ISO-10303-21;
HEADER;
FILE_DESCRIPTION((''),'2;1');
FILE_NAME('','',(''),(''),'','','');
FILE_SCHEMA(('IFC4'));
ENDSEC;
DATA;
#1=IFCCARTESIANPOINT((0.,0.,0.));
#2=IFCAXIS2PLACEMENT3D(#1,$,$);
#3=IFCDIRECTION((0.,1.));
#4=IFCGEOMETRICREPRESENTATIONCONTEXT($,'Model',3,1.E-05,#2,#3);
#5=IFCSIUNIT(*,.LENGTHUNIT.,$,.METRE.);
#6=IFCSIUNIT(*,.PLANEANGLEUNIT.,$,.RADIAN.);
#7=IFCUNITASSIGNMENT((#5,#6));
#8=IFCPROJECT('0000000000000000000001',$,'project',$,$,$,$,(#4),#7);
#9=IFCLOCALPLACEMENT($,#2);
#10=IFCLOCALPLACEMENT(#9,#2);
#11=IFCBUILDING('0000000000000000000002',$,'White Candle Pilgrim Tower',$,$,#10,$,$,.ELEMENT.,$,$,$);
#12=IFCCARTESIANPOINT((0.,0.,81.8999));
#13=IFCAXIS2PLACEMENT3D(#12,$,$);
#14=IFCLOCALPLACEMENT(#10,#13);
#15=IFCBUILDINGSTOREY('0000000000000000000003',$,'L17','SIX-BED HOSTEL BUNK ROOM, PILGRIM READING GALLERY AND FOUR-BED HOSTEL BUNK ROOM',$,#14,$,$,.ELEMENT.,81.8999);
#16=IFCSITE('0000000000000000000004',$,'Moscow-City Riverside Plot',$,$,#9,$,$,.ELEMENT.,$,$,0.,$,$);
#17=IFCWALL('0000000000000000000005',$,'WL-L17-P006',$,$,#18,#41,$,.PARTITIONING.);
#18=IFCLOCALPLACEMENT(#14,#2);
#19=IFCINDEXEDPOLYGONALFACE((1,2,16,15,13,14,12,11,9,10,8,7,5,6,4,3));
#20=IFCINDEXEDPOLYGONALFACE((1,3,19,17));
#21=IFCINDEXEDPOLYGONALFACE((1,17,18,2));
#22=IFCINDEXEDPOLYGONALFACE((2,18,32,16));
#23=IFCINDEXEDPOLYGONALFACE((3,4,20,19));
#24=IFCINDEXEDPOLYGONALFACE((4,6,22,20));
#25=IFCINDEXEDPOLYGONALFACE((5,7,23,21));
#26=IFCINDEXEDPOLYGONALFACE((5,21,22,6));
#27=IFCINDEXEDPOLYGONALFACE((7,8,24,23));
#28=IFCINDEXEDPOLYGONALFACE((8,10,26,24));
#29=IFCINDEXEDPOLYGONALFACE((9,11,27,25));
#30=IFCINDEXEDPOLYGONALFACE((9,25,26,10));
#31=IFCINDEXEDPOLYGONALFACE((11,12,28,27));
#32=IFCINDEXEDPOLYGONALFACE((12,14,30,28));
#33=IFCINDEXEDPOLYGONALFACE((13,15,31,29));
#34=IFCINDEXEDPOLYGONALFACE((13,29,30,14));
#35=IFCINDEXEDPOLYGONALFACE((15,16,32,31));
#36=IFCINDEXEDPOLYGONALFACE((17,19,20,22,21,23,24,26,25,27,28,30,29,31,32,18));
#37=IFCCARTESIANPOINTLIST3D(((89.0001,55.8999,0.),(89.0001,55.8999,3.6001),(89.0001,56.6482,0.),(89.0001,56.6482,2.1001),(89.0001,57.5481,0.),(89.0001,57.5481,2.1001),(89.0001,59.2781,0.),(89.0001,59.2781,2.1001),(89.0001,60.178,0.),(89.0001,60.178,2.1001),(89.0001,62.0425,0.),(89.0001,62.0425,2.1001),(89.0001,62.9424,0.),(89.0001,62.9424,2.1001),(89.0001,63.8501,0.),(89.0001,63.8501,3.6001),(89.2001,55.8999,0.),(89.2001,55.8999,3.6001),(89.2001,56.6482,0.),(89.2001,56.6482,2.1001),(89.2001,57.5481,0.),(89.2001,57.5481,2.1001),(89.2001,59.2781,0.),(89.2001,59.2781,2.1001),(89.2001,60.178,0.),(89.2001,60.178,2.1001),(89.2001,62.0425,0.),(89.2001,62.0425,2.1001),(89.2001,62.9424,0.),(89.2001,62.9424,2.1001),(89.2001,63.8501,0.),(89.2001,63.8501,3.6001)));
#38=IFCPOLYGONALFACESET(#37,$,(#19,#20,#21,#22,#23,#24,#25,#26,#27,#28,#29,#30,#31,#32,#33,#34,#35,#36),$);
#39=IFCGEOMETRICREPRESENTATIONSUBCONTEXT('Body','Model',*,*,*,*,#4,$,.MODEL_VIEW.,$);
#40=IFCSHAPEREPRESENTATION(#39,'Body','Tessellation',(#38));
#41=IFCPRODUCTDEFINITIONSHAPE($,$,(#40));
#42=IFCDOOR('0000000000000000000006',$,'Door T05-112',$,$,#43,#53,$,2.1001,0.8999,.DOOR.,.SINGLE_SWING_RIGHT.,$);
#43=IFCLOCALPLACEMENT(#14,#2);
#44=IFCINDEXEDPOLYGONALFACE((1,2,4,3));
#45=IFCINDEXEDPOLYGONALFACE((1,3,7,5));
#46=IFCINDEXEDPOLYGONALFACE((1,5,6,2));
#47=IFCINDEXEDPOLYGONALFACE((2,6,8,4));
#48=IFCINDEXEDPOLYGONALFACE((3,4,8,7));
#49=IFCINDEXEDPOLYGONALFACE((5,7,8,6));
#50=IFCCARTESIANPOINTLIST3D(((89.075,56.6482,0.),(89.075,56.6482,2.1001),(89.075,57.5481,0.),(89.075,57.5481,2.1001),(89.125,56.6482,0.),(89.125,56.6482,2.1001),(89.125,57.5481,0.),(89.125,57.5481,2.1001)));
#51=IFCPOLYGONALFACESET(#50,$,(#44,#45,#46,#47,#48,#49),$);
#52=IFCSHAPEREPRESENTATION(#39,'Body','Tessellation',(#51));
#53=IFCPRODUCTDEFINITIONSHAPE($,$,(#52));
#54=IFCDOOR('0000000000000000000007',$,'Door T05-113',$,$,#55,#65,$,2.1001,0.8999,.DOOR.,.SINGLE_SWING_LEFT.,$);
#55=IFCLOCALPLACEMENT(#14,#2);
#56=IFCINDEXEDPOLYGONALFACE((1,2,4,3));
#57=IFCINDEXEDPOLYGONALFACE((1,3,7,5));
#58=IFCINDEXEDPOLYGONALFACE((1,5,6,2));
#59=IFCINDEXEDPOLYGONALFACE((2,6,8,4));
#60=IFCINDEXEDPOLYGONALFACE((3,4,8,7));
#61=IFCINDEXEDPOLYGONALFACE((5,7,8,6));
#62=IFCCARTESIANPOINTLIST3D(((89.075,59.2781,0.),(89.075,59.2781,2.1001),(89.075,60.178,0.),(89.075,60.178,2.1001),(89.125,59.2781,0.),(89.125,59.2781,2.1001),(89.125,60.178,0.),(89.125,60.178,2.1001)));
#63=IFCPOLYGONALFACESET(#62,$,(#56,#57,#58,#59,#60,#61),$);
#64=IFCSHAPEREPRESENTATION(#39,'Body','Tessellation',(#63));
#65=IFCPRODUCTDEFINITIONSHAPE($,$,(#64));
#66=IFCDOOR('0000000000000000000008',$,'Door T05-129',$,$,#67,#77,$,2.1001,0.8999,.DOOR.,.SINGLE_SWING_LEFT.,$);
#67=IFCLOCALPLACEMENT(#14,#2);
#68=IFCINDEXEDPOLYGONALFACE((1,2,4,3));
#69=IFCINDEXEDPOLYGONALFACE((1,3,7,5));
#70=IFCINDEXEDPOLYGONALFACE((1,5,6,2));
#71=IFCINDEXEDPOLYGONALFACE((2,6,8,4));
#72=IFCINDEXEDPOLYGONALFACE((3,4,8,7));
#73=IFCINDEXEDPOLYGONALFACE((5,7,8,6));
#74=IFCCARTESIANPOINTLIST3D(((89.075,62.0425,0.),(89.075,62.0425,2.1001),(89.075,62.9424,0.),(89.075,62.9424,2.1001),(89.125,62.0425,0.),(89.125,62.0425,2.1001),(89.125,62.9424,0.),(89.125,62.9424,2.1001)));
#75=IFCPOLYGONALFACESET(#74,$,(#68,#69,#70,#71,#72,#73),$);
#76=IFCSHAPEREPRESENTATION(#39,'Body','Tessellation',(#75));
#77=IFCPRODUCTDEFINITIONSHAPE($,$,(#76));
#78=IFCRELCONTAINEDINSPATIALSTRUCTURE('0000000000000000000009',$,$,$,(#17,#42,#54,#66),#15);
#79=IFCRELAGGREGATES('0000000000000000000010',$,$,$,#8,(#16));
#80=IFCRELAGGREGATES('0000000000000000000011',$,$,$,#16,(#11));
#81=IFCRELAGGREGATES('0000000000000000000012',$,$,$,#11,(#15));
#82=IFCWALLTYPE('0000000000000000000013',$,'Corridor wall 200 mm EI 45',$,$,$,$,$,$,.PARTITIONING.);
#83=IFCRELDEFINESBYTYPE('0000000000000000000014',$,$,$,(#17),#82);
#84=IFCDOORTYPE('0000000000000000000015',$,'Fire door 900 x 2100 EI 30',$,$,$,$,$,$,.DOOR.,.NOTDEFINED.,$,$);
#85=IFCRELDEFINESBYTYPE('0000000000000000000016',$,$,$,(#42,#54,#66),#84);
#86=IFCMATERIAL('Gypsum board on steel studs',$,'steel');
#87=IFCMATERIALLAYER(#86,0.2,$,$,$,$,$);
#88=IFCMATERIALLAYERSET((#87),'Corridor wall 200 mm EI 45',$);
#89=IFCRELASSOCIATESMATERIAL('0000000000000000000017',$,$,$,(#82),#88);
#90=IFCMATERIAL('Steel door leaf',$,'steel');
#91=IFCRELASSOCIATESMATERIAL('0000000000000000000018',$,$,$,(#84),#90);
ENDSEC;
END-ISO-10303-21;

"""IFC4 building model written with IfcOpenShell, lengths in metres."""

from ifc_helpers import new_model, si_unit, direction, frame, frame_2d, origin, place, context, subcontext, project, spatial, rectangle, extrude, material, layer, layer_set, type_object, element, fill, save


model = new_model("IFC4")

# Units and contexts
model_context = context("Model", 3, precision=1e-05, world=origin(), true_north=direction((0.0, 1.0)))
body_context = subcontext(model_context, "Body", "Model", "MODEL_VIEW")
ifc_project = project(units=[si_unit("LENGTHUNIT", "METRE"), si_unit("PLANEANGLEUNIT", "RADIAN")], contexts=[model_context])

# Site, building, storey
site_placement = place(None, origin())
site = spatial("IfcSite", under=ifc_project, at=site_placement, Name="Moscow-City Riverside Plot", CompositionType="ELEMENT", RefElevation=0.0)
building_placement = place(site_placement, origin())
building = spatial("IfcBuilding", under=site, at=building_placement, Name="White Candle Pilgrim Tower", CompositionType="ELEMENT")
storey_placement = place(building_placement, frame((0.0, 0.0, 81.8999)))
storey = spatial("IfcBuildingStorey", under=building, at=storey_placement, Name="L17", Description="SIX-BED HOSTEL BUNK ROOM, PILGRIM READING GALLERY AND FOUR-BED HOSTEL BUNK ROOM", CompositionType="ELEMENT", Elevation=81.8999)

# Wall, openings, doors
ifc_material_1 = material(Name="Gypsum board on steel studs", Category="steel")
ifc_layer_1 = layer(ifc_material_1, 0.2)
ifc_layer_set_1 = layer_set([ifc_layer_1], Name="Corridor wall 200 mm EI 45")
wall_type_1 = type_object("IfcWallType", Name="Corridor wall 200 mm EI 45", PredefinedType="PARTITIONING", material=ifc_layer_set_1)
wall_1_placement = place(storey_placement, frame((89.1001, 63.8501, 0.0), z_axis=(0.0, 0.0, 1.0), x_axis=(0.0, -1.0, 0.0)))
wall_1 = element("IfcWall", 1, at=wall_1_placement, inside=storey, type_object=wall_type_1, Name="WL-L17-P006", PredefinedType="PARTITIONING", context=body_context, shape_type="SweptSolid", body=[
    extrude(rectangle(XDim=7.9502, YDim=0.2, at=frame_2d((3.9751, 0.0))), origin(), (0.0, 0.0, 1.0), 3.6001),
])
opening_1_placement = place(wall_1_placement, frame((6.302, 0.0, 0.0)))
opening_1 = element("IfcOpeningElement", 2, at=opening_1_placement, cuts=wall_1, PredefinedType="OPENING", context=body_context, shape_type="SweptSolid", body=[
    extrude(rectangle(XDim=0.8999, YDim=2.1001, at=frame_2d((0.45, 1.05))), frame((0.0, 0.1099, 0.0), z_axis=(0.0, -1.0, 0.0), x_axis=(1.0, 0.0, 0.0)), (0.0, 0.0, 1.0), 0.22),
])
opening_2_placement = place(wall_1_placement, frame((3.6721, 0.0, 0.0)))
opening_2 = element("IfcOpeningElement", 3, at=opening_2_placement, cuts=wall_1, PredefinedType="OPENING", context=body_context, shape_type="SweptSolid", body=[
    extrude(rectangle(XDim=0.8999, YDim=2.1001, at=frame_2d((0.45, 1.05))), frame((0.0, 0.1099, 0.0), z_axis=(0.0, -1.0, 0.0), x_axis=(1.0, 0.0, 0.0)), (0.0, 0.0, 1.0), 0.22),
])
opening_3_placement = place(wall_1_placement, frame((0.9077, 0.0, 0.0)))
opening_3 = element("IfcOpeningElement", 4, at=opening_3_placement, cuts=wall_1, PredefinedType="OPENING", context=body_context, shape_type="SweptSolid", body=[
    extrude(rectangle(XDim=0.8999, YDim=2.1001, at=frame_2d((0.45, 1.05))), frame((0.0, 0.1099, 0.0), z_axis=(0.0, -1.0, 0.0), x_axis=(1.0, 0.0, 0.0)), (0.0, 0.0, 1.0), 0.22),
])
ifc_material_2 = material(Name="Steel door leaf", Category="steel")
door_type_1 = type_object("IfcDoorType", Name="Fire door 900 x 2100 EI 30", OperationType="NOTDEFINED", PredefinedType="DOOR", material=ifc_material_2)
door_1_placement = place(opening_1_placement, origin())
door_1 = element("IfcDoor", 5, at=door_1_placement, inside=storey, type_object=door_type_1, Name="Door T05-112", OperationType="SINGLE_SWING_RIGHT", OverallHeight=2.1001, OverallWidth=0.8999, PredefinedType="DOOR", context=body_context, shape_type="SweptSolid", body=[
    extrude(rectangle(XDim=0.8999, YDim=2.1001, at=frame_2d((0.45, 1.05))), frame((0.0, 0.0249, 0.0), z_axis=(0.0, -1.0, 0.0), x_axis=(1.0, 0.0, 0.0)), (0.0, 0.0, 1.0), 0.05),
])
fill(opening_1, door_1)
door_2_placement = place(opening_2_placement, origin())
door_2 = element("IfcDoor", 6, at=door_2_placement, inside=storey, type_object=door_type_1, Name="Door T05-113", OperationType="SINGLE_SWING_LEFT", OverallHeight=2.1001, OverallWidth=0.8999, PredefinedType="DOOR", context=body_context, shape_type="SweptSolid", body=[
    extrude(rectangle(XDim=0.8999, YDim=2.1001, at=frame_2d((0.45, 1.05))), frame((0.0, 0.0249, 0.0), z_axis=(0.0, -1.0, 0.0), x_axis=(1.0, 0.0, 0.0)), (0.0, 0.0, 1.0), 0.05),
])
fill(opening_2, door_2)
door_3_placement = place(opening_3_placement, origin())
door_3 = element("IfcDoor", 7, at=door_3_placement, inside=storey, type_object=door_type_1, Name="Door T05-129", OperationType="SINGLE_SWING_LEFT", OverallHeight=2.1001, OverallWidth=0.8999, PredefinedType="DOOR", context=body_context, shape_type="SweptSolid", body=[
    extrude(rectangle(XDim=0.8999, YDim=2.1001, at=frame_2d((0.45, 1.05))), frame((0.0, 0.0249, 0.0), z_axis=(0.0, -1.0, 0.0), x_axis=(1.0, 0.0, 0.0)), (0.0, 0.0, 1.0), 0.05),
])
fill(opening_3, door_3)

save(model, "model.ifc")
